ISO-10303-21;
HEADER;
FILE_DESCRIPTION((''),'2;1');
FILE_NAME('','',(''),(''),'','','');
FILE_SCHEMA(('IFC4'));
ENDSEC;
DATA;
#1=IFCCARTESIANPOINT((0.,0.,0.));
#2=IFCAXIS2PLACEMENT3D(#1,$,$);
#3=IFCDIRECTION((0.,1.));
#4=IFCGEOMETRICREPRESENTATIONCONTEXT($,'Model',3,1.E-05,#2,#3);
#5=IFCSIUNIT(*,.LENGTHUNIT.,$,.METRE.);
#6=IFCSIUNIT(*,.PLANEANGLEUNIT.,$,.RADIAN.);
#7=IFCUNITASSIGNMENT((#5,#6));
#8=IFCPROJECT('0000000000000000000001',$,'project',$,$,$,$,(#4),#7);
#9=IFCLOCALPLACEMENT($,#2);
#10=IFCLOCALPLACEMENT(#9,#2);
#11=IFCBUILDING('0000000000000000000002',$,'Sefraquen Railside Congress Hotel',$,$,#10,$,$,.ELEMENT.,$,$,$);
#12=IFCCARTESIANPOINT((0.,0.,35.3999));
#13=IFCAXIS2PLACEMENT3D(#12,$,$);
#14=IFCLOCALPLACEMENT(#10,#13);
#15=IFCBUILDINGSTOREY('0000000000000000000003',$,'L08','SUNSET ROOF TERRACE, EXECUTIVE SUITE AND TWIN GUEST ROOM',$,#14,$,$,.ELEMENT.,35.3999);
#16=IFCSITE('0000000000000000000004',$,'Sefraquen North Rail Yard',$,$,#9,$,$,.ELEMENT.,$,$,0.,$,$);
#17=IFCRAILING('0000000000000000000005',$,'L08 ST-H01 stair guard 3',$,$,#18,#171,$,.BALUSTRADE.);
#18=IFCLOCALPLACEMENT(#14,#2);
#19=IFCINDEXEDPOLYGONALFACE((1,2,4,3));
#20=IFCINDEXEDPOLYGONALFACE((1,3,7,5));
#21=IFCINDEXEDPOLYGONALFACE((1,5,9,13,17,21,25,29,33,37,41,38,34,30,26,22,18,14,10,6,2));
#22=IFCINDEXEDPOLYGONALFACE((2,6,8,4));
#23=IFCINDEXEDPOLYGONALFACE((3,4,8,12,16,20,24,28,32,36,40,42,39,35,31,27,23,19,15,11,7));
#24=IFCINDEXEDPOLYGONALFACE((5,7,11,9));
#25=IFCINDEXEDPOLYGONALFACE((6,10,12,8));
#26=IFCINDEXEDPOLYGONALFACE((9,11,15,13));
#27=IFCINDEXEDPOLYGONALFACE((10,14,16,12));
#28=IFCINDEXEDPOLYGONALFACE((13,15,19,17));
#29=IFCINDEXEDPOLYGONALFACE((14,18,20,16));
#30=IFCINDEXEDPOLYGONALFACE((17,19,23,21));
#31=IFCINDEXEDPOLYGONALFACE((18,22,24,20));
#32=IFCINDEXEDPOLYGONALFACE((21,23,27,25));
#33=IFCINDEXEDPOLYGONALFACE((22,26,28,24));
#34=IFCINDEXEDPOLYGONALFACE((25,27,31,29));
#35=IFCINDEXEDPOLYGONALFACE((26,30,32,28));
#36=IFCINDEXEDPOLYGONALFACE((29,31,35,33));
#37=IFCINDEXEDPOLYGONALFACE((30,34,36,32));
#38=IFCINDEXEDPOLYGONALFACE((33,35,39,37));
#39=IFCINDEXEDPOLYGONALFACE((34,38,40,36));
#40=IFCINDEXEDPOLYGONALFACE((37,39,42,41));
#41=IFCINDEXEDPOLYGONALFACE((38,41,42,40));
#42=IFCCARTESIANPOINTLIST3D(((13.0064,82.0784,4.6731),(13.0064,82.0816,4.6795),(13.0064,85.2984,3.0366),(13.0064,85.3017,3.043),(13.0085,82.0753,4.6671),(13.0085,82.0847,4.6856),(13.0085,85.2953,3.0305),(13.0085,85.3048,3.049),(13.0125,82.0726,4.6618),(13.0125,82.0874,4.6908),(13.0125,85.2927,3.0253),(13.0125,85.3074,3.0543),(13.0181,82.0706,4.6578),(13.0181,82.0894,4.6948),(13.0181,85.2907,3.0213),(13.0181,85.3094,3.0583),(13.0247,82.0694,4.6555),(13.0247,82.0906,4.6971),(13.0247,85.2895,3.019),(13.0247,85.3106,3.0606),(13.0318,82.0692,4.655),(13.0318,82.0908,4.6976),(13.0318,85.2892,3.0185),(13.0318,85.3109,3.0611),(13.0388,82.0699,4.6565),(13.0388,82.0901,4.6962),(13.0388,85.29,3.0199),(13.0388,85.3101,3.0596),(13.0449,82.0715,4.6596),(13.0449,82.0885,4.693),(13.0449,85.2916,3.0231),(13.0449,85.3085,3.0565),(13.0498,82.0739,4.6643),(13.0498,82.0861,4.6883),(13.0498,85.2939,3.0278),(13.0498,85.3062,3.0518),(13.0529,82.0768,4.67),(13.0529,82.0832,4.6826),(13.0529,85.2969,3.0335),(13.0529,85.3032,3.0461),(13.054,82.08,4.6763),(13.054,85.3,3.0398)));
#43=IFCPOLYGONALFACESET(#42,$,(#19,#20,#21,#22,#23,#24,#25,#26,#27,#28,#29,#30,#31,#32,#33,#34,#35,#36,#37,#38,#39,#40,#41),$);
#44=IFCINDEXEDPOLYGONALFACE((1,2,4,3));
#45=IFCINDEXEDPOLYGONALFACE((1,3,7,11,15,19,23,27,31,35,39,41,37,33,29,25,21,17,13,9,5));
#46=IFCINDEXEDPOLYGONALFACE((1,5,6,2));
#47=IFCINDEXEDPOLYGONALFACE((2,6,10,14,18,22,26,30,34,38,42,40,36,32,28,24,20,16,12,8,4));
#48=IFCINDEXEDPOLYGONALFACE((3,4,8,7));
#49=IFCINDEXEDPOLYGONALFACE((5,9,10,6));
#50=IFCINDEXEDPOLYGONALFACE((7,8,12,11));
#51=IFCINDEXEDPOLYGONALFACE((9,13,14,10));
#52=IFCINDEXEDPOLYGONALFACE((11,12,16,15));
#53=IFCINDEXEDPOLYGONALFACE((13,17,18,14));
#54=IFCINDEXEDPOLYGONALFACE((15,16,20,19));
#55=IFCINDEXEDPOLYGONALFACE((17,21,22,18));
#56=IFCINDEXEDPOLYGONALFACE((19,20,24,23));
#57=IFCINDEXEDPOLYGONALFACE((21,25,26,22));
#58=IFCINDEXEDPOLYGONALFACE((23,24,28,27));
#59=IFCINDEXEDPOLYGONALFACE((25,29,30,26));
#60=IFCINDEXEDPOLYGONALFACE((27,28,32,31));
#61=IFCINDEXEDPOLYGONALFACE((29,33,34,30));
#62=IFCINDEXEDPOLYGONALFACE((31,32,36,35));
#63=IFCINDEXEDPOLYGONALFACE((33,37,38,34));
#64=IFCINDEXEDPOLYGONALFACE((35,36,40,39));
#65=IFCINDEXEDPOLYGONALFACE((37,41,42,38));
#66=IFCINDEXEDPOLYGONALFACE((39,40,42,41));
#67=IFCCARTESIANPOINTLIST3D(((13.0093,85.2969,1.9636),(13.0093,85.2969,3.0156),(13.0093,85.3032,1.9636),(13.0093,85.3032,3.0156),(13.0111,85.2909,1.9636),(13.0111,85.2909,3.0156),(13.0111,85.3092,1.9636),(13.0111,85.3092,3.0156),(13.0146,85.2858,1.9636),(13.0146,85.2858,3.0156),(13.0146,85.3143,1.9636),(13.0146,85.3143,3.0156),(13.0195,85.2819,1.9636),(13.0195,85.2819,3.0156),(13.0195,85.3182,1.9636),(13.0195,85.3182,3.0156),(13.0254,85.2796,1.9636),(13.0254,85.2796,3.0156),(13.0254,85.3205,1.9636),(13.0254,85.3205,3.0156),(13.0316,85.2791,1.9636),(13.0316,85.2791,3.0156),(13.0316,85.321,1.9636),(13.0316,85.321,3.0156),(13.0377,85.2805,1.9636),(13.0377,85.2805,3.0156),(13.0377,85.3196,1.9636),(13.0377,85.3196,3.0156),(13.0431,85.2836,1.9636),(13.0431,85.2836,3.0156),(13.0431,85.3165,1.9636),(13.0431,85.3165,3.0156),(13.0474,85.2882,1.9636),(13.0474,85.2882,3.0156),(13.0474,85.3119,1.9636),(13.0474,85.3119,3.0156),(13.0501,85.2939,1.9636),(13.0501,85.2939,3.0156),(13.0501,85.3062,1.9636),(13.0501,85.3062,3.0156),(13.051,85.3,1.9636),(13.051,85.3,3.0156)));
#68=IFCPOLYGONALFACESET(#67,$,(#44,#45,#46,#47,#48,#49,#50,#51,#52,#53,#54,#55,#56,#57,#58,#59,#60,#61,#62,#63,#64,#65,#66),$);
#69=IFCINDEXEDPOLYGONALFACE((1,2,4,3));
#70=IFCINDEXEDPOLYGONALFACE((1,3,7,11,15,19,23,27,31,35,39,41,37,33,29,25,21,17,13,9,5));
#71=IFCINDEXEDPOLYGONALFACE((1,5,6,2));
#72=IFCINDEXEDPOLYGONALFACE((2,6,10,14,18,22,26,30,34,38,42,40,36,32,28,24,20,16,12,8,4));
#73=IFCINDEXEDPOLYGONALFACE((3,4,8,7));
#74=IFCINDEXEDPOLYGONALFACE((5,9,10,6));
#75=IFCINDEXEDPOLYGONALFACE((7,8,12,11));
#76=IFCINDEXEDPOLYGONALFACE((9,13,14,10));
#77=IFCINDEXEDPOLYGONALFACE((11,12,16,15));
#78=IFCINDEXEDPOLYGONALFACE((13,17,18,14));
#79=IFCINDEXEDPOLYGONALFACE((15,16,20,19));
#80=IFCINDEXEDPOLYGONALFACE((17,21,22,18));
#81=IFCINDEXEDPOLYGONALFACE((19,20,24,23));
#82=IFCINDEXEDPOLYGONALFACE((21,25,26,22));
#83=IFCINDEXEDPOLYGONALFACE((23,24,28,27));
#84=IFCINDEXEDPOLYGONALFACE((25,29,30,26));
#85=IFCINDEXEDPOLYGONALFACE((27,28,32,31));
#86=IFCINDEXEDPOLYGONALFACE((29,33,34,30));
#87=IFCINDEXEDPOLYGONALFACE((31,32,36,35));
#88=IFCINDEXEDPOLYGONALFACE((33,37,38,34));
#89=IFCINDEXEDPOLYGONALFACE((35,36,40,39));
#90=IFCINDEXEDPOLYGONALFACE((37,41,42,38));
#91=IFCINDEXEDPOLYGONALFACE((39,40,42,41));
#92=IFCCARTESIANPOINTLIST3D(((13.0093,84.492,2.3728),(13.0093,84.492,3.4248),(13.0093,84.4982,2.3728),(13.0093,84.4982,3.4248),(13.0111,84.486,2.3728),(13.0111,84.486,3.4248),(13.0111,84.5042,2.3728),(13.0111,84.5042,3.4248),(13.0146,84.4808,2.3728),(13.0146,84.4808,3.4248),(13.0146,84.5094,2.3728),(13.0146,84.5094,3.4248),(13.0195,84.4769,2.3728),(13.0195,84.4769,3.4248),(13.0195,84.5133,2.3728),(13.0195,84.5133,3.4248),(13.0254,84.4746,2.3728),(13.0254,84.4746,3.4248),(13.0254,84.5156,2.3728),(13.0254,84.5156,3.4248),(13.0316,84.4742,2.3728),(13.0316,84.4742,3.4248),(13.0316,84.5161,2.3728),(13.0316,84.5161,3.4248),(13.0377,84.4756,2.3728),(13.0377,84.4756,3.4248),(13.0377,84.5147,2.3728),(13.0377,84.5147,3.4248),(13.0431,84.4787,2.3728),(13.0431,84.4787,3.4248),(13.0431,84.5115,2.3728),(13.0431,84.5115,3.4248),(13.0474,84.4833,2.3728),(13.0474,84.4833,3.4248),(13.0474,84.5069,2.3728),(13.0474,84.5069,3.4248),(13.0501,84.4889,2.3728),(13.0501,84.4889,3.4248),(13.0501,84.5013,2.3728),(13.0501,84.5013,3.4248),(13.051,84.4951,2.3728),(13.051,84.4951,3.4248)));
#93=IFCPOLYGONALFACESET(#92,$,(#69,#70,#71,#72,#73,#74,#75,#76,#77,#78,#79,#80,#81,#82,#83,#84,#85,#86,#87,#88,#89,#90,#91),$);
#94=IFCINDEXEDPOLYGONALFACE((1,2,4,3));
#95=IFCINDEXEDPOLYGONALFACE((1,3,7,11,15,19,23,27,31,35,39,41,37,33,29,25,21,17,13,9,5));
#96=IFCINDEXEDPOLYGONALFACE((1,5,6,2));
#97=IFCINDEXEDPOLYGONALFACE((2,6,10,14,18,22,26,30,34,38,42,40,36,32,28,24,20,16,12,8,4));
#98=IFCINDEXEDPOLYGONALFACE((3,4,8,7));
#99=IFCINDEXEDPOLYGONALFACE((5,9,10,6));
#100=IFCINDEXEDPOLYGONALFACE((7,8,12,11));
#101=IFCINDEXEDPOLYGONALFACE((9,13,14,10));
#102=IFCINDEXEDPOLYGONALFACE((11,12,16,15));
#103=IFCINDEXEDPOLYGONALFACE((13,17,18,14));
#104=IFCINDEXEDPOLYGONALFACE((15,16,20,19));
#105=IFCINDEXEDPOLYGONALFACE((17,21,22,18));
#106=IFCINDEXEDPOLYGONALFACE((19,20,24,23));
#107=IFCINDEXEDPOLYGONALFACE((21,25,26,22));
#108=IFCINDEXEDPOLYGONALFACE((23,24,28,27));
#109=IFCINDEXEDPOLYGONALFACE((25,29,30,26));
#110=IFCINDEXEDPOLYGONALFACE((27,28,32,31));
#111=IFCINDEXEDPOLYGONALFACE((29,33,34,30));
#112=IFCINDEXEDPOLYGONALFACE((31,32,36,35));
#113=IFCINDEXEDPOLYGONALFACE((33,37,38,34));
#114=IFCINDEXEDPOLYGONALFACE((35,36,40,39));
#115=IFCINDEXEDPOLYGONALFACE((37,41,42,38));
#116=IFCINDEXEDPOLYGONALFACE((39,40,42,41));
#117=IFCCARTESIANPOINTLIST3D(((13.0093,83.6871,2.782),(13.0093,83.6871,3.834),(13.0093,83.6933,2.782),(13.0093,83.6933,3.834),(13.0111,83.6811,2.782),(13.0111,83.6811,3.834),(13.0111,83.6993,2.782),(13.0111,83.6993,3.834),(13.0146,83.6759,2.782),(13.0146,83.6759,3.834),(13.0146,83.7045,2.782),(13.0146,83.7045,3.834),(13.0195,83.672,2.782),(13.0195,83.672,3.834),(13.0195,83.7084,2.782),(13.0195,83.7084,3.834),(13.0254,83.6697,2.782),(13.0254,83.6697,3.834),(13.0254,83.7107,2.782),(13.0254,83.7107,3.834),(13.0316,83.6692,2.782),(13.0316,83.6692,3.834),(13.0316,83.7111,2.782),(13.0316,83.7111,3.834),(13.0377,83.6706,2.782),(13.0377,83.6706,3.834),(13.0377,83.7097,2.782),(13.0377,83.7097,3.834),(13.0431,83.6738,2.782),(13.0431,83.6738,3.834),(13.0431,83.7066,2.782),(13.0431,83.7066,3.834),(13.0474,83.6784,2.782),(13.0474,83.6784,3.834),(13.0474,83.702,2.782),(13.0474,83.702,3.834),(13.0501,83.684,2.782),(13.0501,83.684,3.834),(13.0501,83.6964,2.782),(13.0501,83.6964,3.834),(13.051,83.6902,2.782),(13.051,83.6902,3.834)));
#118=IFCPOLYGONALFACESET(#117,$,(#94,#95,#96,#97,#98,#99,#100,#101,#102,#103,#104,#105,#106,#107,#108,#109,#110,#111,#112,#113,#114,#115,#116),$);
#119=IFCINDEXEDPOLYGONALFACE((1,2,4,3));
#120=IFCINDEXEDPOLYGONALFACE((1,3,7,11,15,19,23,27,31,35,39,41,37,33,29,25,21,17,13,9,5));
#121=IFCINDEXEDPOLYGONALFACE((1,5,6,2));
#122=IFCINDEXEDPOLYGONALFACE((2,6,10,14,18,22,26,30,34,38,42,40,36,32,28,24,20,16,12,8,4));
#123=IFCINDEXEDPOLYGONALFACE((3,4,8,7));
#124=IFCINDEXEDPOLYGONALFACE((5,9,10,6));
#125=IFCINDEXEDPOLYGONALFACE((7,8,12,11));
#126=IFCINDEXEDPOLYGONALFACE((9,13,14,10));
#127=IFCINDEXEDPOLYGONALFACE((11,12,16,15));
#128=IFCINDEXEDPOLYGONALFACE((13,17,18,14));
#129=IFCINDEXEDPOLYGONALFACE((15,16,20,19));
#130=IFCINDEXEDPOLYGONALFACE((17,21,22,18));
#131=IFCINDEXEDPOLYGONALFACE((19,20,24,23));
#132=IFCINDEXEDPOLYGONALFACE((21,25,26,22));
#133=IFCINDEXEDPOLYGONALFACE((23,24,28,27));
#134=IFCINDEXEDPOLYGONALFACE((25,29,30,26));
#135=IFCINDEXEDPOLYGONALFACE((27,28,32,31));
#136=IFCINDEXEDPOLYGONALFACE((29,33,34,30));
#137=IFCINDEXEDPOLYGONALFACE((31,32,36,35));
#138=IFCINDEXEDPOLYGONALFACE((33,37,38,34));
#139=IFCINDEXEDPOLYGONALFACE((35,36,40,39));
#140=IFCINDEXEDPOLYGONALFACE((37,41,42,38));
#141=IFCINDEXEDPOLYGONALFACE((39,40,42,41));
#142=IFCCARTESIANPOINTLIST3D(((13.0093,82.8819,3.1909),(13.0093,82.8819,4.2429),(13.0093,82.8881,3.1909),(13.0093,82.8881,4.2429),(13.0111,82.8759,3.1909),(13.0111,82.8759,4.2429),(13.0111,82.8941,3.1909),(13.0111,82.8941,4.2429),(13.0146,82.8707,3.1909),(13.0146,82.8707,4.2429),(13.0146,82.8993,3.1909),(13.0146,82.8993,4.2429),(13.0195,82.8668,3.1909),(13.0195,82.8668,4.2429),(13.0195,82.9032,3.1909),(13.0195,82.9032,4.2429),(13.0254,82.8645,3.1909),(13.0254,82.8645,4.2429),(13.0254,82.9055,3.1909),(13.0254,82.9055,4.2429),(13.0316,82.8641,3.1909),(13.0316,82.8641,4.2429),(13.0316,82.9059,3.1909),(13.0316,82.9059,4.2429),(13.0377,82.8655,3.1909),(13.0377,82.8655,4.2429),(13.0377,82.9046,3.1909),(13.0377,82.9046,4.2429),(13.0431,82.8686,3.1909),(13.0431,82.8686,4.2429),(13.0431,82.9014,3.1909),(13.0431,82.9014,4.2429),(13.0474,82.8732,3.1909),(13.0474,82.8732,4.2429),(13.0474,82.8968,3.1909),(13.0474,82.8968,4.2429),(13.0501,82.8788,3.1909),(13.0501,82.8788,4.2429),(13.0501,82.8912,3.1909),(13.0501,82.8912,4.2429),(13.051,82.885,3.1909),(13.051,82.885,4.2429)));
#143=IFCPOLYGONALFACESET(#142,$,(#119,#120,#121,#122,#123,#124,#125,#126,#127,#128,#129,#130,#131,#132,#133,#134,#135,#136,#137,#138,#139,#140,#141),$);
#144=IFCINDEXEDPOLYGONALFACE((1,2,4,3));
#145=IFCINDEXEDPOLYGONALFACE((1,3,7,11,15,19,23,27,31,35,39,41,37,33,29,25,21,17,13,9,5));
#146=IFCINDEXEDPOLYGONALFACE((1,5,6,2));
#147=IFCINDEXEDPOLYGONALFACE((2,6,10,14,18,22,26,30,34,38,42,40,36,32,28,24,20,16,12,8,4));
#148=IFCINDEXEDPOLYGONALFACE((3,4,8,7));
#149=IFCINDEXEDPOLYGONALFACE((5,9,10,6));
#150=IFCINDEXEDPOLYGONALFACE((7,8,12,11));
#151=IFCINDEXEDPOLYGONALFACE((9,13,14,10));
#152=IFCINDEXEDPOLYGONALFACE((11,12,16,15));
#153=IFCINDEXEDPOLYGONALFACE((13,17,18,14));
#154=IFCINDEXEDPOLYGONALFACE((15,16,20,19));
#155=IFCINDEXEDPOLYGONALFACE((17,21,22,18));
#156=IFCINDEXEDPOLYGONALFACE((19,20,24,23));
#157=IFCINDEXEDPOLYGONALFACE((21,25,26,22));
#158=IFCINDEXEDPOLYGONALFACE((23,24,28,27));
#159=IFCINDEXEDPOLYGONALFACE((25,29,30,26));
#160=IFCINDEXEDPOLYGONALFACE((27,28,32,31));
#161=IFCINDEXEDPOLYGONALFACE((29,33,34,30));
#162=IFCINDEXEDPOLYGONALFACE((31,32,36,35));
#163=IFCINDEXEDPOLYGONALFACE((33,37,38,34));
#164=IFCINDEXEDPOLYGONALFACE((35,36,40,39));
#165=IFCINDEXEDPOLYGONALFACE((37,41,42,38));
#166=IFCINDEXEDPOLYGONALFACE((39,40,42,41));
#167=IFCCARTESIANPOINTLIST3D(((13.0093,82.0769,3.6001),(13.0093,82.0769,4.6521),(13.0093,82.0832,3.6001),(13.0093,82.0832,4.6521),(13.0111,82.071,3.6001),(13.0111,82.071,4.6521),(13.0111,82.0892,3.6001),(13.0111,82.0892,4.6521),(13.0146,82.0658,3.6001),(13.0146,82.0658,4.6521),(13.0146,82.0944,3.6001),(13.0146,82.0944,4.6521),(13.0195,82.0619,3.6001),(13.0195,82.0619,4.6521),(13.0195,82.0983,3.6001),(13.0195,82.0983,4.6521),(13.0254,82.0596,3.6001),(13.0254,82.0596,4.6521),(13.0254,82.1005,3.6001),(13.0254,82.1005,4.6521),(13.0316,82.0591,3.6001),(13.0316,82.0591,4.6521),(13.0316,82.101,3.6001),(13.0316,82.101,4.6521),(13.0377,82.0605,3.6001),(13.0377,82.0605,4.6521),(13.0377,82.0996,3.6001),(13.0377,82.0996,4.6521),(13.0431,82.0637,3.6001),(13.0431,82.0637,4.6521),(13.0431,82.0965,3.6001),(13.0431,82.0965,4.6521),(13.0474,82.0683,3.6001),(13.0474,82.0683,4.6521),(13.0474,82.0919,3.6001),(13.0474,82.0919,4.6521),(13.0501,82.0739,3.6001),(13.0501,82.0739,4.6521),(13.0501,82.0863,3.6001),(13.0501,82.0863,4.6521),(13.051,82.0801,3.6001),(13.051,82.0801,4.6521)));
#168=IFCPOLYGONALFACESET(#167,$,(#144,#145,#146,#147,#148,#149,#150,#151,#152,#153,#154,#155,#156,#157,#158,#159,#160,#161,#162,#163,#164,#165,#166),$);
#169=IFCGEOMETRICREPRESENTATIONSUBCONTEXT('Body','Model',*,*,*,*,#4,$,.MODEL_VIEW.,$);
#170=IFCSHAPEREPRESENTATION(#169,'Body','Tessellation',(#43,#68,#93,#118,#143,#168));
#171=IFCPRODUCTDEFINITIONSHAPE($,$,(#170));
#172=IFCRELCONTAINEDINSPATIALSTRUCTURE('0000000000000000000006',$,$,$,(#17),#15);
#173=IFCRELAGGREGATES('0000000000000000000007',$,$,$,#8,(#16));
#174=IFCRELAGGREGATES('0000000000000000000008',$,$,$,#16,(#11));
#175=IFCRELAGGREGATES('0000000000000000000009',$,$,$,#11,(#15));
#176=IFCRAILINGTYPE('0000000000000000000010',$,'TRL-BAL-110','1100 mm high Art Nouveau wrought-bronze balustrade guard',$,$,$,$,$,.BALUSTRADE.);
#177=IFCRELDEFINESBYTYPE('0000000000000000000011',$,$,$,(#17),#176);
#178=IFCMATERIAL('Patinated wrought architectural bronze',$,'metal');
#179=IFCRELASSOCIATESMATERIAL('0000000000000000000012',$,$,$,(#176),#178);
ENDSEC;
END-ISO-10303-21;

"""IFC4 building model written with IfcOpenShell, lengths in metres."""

from ifc_helpers import new_model, si_unit, direction, frame, origin, origin_2d, place, context, subcontext, project, spatial, circle, extrude, material, type_object, element, save


model = new_model("IFC4")

# Units and contexts
model_context = context("Model", 3, precision=1e-05, world=origin(), true_north=direction((0.0, 1.0)))
body_context = subcontext(model_context, "Body", "Model", "MODEL_VIEW")
ifc_project = project(units=[si_unit("LENGTHUNIT", "METRE"), si_unit("PLANEANGLEUNIT", "RADIAN")], contexts=[model_context])

# Site, building, storey
site_placement = place(None, origin())
site = spatial("IfcSite", under=ifc_project, at=site_placement, Name="Sefraquen North Rail Yard", CompositionType="ELEMENT", RefElevation=0.0)
building_placement = place(site_placement, origin())
building = spatial("IfcBuilding", under=site, at=building_placement, Name="Sefraquen Railside Congress Hotel", CompositionType="ELEMENT")
storey_placement = place(building_placement, frame((0.0, 0.0, 35.3999)))
storey = spatial("IfcBuildingStorey", under=building, at=storey_placement, Name="L08", Description="SUNSET ROOF TERRACE, EXECUTIVE SUITE AND TWIN GUEST ROOM", CompositionType="ELEMENT", Elevation=35.3999)

# Railing
ifc_material_1 = material(Name="Patinated wrought architectural bronze", Category="metal")
railing_type_1 = type_object("IfcRailingType", Name="TRL-BAL-110", Description="1100 mm high Art Nouveau wrought-bronze balustrade guard", PredefinedType="BALUSTRADE", material=ifc_material_1)
railing_1_placement = place(storey_placement, frame((13.03, 85.3, 1.9636)))
element("IfcRailing", 1, at=railing_1_placement, inside=storey, type_object=railing_type_1, Name="L08 ST-H01 stair guard 3", PredefinedType="BALUSTRADE", context=body_context, shape_type="SweptSolid", body=[
    extrude(circle(Radius=0.0239, at=origin_2d()), frame((0.0, 0.0, 1.0762), z_axis=(0.0, -0.891474, 0.453071), x_axis=(1.0, 0.0, 0.0)), (0.0, 0.0, 1.0), 3.6121),
    extrude(circle(Radius=0.021, at=origin_2d()), origin(), (0.0, 0.0, 1.0), 1.052),
    extrude(circle(Radius=0.021, at=origin_2d()), frame((0.0, -0.8049, 0.4092)), (0.0, 0.0, 1.0), 1.052),
    extrude(circle(Radius=0.021, at=origin_2d()), frame((0.0, -1.6099, 0.8184)), (0.0, 0.0, 1.0), 1.052),
    extrude(circle(Radius=0.021, at=origin_2d()), frame((0.0, -2.415, 1.2273)), (0.0, 0.0, 1.0), 1.052),
    extrude(circle(Radius=0.021, at=origin_2d()), frame((0.0, -3.22, 1.6365)), (0.0, 0.0, 1.0), 1.052),
])

save(model, "model.ifc")
